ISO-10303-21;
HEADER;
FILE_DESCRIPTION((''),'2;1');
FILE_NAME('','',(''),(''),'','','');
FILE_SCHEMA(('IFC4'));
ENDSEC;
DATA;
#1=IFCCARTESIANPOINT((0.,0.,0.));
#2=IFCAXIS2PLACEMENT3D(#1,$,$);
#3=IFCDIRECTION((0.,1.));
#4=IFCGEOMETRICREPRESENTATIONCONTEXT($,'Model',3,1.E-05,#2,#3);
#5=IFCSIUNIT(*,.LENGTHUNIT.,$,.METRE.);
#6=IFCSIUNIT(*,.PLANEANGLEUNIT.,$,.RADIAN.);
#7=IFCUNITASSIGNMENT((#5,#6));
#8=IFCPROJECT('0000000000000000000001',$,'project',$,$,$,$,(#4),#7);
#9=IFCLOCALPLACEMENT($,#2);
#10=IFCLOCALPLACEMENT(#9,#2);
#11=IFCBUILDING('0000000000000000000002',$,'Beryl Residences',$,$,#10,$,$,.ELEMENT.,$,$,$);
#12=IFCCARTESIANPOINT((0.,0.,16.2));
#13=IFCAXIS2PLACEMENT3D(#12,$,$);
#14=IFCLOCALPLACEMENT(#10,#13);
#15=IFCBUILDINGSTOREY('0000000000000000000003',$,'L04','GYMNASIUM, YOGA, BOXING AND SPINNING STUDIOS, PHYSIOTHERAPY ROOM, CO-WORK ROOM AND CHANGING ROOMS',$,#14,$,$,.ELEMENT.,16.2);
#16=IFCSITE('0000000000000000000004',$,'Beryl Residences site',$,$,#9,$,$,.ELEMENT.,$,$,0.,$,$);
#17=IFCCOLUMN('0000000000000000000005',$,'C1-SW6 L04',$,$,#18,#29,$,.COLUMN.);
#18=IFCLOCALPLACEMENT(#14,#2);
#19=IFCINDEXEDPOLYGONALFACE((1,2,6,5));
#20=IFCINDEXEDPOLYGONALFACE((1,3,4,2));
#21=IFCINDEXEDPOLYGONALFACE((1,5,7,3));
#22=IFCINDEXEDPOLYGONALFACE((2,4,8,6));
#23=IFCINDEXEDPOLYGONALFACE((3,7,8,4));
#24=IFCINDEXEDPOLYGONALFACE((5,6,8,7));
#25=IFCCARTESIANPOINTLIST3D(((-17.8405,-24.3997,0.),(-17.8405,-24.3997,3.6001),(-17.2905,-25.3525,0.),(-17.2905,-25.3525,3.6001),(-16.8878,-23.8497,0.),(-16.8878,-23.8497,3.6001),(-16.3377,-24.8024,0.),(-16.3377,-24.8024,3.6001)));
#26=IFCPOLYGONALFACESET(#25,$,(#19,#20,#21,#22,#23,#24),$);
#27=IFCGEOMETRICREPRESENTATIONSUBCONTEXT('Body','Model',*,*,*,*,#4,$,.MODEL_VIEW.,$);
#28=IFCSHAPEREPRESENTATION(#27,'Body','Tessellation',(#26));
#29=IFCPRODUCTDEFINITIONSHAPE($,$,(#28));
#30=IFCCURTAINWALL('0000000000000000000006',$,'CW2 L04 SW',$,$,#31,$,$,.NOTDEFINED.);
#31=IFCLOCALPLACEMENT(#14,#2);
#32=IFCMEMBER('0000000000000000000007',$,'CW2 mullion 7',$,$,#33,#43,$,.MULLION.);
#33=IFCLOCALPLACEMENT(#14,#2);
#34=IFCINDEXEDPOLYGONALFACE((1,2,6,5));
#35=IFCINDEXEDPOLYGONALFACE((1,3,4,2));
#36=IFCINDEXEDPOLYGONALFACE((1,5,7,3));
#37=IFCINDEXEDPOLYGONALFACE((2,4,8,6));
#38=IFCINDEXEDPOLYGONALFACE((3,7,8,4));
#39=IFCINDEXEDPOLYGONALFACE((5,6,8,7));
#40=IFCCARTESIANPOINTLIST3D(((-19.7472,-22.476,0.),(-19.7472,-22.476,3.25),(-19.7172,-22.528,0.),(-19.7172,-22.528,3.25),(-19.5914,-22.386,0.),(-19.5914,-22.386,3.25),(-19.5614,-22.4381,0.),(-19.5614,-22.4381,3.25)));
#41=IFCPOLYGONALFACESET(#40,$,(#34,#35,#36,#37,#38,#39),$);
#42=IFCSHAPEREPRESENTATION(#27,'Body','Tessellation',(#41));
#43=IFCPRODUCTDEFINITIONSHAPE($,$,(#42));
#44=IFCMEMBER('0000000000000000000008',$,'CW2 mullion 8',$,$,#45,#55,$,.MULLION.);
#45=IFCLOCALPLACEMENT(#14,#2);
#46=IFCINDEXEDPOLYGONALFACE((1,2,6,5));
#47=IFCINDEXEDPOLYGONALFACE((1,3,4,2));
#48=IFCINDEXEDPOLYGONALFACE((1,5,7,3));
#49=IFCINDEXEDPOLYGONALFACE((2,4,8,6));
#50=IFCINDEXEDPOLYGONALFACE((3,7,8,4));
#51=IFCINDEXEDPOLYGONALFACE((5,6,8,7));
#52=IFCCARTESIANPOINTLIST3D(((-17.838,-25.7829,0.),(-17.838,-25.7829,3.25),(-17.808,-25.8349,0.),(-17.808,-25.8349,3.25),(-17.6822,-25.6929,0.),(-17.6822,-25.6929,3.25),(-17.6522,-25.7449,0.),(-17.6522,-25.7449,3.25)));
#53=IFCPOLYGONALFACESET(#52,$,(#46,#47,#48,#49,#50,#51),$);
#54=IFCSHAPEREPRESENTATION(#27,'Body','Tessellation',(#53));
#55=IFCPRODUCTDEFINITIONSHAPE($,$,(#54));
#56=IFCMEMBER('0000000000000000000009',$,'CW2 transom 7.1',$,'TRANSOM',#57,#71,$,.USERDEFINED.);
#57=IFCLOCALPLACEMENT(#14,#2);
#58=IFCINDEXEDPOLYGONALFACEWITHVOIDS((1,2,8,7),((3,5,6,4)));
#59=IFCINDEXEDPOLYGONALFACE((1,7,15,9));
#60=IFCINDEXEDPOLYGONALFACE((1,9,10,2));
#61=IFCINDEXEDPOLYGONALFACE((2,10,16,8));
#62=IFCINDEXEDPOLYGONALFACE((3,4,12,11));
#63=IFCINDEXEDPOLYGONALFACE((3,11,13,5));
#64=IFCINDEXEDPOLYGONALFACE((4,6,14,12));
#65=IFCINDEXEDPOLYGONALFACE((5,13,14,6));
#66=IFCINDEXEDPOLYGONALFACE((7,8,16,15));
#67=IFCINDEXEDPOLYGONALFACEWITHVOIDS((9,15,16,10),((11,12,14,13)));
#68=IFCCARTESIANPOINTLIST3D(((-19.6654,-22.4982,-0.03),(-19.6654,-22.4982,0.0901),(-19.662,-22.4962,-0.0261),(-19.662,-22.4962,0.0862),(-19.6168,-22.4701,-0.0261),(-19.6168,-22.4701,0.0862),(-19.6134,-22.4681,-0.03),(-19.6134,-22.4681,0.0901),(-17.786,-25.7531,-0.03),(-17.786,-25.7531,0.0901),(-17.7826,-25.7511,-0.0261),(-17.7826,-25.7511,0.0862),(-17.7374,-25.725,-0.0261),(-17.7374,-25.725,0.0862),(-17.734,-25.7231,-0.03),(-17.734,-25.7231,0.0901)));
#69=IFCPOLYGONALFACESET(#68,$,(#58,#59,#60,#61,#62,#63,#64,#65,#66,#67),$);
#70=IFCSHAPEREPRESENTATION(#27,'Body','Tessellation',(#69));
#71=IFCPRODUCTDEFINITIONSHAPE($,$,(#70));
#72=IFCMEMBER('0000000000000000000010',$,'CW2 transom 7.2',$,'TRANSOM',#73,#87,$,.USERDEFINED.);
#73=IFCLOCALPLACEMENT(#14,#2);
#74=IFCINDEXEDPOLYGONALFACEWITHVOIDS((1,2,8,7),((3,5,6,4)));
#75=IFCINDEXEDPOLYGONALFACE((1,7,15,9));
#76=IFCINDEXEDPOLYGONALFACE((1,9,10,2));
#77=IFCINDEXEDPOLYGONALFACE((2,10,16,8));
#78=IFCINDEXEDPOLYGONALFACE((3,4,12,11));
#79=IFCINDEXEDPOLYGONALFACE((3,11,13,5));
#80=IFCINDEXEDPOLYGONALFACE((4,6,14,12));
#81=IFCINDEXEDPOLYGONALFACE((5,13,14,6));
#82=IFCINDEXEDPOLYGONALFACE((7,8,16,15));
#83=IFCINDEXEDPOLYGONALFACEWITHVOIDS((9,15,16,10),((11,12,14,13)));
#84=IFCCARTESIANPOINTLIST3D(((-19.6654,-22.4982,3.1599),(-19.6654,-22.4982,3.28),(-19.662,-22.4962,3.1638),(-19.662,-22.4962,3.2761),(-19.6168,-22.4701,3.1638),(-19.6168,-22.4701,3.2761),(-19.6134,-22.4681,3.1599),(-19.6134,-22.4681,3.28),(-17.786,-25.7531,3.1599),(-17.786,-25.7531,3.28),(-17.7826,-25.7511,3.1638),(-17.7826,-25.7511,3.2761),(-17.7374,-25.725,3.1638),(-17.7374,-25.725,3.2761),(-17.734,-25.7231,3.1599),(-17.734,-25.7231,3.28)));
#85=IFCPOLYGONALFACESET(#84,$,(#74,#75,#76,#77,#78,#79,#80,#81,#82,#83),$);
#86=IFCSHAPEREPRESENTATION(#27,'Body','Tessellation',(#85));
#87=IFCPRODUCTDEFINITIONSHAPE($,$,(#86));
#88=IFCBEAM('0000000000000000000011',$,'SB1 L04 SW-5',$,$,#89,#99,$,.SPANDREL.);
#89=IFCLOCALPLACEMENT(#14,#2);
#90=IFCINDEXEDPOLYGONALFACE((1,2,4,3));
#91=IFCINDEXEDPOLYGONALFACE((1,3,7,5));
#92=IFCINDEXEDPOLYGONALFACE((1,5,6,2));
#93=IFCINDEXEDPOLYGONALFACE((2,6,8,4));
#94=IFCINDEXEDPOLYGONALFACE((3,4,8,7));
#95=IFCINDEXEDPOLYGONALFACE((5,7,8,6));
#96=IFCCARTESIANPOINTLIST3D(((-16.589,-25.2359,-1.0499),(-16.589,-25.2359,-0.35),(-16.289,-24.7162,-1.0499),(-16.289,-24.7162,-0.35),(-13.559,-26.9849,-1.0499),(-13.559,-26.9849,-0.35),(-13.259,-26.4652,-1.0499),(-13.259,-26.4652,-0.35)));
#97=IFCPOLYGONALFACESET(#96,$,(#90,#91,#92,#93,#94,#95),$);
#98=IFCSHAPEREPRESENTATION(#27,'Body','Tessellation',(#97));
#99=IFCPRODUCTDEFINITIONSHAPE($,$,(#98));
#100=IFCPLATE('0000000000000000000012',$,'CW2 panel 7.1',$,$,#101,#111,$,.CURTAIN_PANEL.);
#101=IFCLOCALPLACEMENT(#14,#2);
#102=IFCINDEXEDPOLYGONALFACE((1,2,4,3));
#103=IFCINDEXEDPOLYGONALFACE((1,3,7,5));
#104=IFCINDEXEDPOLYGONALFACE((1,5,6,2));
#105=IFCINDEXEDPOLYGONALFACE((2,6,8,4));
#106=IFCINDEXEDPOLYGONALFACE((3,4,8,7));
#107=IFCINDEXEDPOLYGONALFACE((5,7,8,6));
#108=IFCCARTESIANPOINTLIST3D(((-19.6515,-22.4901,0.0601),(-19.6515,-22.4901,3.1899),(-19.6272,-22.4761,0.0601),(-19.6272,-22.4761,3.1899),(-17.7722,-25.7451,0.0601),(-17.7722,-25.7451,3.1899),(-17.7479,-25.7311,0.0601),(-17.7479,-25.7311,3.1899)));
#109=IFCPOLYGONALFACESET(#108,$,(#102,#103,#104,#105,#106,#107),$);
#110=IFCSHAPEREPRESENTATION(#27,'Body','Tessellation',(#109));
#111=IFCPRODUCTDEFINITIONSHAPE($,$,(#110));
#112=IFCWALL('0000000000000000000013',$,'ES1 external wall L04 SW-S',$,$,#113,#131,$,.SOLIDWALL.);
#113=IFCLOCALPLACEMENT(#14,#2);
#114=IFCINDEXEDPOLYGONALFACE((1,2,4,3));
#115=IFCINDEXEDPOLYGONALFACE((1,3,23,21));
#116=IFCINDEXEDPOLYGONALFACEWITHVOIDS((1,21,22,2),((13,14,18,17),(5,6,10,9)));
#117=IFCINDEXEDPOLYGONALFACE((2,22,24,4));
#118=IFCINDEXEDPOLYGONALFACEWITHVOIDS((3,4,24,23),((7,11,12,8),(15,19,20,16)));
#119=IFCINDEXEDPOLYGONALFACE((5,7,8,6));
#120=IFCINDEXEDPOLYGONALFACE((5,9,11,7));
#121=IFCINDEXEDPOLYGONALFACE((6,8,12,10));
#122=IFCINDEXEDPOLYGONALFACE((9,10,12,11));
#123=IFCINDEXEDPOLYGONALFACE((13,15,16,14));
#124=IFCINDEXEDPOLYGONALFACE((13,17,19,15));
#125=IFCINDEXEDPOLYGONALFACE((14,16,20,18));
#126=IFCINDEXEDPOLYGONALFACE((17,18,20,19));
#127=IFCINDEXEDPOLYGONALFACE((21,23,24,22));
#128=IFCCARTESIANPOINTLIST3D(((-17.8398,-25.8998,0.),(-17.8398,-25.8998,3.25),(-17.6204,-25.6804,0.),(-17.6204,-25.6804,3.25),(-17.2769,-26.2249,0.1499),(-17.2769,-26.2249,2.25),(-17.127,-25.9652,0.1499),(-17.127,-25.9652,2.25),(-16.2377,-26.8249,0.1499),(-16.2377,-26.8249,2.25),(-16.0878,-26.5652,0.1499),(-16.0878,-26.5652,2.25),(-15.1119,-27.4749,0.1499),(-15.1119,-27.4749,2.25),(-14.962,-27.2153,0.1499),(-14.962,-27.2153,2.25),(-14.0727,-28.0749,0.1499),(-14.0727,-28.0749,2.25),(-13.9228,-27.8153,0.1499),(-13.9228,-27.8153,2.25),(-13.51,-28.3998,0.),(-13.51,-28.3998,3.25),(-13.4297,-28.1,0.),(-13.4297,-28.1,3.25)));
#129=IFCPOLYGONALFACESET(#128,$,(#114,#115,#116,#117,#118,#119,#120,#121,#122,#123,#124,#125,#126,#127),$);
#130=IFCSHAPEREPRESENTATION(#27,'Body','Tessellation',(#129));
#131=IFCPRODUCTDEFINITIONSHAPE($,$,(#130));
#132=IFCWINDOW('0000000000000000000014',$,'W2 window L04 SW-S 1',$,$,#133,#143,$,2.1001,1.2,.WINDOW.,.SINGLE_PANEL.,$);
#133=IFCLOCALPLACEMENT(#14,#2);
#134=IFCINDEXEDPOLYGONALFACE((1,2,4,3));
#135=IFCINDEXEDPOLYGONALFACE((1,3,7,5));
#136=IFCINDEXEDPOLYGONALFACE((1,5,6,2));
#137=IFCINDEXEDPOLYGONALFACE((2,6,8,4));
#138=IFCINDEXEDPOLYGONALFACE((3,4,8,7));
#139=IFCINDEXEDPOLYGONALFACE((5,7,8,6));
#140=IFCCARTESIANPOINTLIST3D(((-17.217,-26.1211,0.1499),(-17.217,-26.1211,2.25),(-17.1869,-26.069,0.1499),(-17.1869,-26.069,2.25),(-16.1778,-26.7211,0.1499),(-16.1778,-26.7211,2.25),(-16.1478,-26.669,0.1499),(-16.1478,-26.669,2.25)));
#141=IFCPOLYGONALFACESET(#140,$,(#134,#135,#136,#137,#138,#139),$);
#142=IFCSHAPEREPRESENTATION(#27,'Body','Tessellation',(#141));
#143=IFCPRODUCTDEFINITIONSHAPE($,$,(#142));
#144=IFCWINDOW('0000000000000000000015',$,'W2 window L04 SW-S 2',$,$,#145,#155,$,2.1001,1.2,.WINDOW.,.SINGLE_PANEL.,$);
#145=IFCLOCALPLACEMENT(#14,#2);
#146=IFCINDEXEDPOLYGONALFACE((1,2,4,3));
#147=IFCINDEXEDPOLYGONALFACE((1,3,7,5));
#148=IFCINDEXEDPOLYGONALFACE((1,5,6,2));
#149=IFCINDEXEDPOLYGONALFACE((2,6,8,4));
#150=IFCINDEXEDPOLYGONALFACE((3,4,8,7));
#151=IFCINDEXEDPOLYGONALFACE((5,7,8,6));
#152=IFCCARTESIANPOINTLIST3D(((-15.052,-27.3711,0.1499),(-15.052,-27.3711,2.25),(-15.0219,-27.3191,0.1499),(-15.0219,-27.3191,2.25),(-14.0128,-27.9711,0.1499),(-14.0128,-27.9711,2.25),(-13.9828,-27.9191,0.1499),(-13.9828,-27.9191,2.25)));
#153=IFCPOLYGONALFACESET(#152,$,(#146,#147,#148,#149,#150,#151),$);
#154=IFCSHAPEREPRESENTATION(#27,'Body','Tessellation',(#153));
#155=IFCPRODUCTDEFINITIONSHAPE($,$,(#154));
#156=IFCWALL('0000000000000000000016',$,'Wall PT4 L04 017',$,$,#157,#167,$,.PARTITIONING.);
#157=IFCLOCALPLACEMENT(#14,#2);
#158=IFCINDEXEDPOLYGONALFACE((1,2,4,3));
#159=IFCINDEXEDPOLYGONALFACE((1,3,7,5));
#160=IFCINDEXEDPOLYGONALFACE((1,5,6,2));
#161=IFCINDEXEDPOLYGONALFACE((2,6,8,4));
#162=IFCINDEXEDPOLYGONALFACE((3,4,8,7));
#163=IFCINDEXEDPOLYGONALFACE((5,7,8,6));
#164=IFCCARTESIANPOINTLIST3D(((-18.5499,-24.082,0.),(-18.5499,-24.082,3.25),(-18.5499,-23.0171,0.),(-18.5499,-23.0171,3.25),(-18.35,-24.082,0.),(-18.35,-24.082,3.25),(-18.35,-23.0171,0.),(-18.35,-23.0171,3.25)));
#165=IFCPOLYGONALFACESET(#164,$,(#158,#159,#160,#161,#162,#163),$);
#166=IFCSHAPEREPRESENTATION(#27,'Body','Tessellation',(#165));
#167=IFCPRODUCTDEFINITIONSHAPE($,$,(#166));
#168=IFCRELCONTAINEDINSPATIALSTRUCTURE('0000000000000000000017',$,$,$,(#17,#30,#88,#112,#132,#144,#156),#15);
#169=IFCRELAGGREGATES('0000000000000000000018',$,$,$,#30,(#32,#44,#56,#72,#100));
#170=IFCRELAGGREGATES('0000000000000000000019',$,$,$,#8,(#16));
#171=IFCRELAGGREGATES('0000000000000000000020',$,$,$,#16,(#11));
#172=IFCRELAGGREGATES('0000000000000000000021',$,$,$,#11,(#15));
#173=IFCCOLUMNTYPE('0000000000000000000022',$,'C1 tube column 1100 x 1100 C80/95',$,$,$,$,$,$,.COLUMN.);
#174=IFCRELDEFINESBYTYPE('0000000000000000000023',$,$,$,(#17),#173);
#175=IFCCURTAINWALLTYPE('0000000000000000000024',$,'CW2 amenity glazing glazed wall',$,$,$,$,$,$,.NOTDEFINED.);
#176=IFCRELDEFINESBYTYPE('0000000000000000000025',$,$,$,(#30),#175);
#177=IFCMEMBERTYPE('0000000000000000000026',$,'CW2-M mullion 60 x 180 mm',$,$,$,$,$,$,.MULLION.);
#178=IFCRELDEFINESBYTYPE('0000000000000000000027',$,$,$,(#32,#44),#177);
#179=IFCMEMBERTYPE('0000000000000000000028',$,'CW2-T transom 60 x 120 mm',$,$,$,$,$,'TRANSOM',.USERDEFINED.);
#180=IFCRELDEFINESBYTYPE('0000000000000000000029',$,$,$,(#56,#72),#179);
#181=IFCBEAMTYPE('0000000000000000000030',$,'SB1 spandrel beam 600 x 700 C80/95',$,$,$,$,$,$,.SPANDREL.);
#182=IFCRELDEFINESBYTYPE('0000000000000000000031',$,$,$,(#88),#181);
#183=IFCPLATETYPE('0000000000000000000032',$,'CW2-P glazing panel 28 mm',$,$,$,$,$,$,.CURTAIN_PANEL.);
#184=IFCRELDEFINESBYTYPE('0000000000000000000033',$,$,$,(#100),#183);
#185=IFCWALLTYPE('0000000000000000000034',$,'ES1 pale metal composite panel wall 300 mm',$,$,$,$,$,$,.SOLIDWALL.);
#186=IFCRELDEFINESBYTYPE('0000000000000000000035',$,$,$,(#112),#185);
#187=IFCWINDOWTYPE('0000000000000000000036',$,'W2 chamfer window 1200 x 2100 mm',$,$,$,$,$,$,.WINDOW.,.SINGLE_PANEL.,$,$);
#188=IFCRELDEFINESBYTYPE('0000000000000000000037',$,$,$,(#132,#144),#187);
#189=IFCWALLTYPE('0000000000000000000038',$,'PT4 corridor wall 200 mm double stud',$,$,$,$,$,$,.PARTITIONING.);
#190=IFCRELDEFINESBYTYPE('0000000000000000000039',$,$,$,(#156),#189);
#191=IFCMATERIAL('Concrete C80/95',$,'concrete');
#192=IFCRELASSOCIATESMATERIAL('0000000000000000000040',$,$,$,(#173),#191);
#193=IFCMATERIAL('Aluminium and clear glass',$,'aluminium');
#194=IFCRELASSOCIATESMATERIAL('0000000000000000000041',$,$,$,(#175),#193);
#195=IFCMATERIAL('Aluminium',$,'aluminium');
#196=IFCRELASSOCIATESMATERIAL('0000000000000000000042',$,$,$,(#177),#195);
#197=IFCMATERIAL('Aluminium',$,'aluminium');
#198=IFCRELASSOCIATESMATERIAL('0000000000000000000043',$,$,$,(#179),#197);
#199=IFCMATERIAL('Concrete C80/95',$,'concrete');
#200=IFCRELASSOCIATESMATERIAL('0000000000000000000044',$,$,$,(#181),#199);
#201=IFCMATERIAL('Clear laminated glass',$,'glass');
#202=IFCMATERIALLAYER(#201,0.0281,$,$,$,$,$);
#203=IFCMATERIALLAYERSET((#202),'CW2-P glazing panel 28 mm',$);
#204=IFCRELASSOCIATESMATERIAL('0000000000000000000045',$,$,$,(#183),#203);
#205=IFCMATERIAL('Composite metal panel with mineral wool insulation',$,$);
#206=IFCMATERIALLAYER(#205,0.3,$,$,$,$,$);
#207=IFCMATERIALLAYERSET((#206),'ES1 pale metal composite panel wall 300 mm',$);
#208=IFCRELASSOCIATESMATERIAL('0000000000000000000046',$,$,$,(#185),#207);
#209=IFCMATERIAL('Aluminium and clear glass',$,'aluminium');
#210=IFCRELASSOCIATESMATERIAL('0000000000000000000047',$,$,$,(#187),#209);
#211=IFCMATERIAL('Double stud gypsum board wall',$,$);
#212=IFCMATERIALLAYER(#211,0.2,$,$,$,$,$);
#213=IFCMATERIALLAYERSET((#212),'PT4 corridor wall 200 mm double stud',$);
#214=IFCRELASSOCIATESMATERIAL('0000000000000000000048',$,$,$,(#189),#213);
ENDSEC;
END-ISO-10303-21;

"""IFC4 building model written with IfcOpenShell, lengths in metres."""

from ifc_helpers import new_model, si_unit, direction, frame, frame_2d, origin, origin_2d, place, context, subcontext, project, spatial, polyline, rectangle, hollow_rectangle, outline, extrude, material, layer, layer_set, material_profile, profile_set, type_object, element, fill, aggregate, save


model = new_model("IFC4")

# Units and contexts
model_context = context("Model", 3, precision=1e-05, world=origin(), true_north=direction((0.0, 1.0)))
body_context = subcontext(model_context, "Body", "Model", "MODEL_VIEW")
ifc_project = project(units=[si_unit("LENGTHUNIT", "METRE"), si_unit("PLANEANGLEUNIT", "RADIAN")], contexts=[model_context])

# Site, building, storey
site_placement = place(None, origin())
site = spatial("IfcSite", under=ifc_project, at=site_placement, Name="Beryl Residences site", CompositionType="ELEMENT", RefElevation=0.0)
building_placement = place(site_placement, origin())
building = spatial("IfcBuilding", under=site, at=building_placement, Name="Beryl Residences", CompositionType="ELEMENT")
storey_placement = place(building_placement, frame((0.0, 0.0, 16.2)))
storey = spatial("IfcBuildingStorey", under=building, at=storey_placement, Name="L04", Description="GYMNASIUM, YOGA, BOXING AND SPINNING STUDIOS, PHYSIOTHERAPY ROOM, CO-WORK ROOM AND CHANGING ROOMS", CompositionType="ELEMENT", Elevation=16.2)

# Column
ifc_material_1 = material(Name="Concrete C80/95", Category="concrete")
ifc_material_profile_1 = material_profile(ifc_material_1, rectangle(XDim=1.1001, YDim=1.1001, at=origin_2d()))
ifc_profile_set_1 = profile_set([ifc_material_profile_1], Name="Concrete C80/95")
column_type = type_object("IfcColumnType", Name="C1 tube column 1100 x 1100 C80/95", PredefinedType="COLUMN", material=ifc_profile_set_1)
column_placement = place(storey_placement, frame((-17.0891, -24.6011, 0.0), z_axis=(0.0, 0.0, 1.0), x_axis=(0.499985, -0.866034, 0.0)))
element("IfcColumn", 1, at=column_placement, inside=storey, type_object=column_type, Name="C1-SW6 L04", PredefinedType="COLUMN", context=body_context, shape_type="SweptSolid", body=[
    extrude(rectangle(XDim=1.1001, YDim=1.1001, at=origin_2d()), origin(), (0.0, 0.0, 1.0), 3.6001),
])

# Curtain wall, members
ifc_material_2 = material(Name="Aluminium and clear glass", Category="aluminium")
curtain_wall_type = type_object("IfcCurtainWallType", Name="CW2 amenity glazing glazed wall", PredefinedType="NOTDEFINED", material=ifc_material_2)
curtain_wall_placement = place(storey_placement, origin())
curtain_wall = element("IfcCurtainWall", 2, at=curtain_wall_placement, inside=storey, type_object=curtain_wall_type, Name="CW2 L04 SW", PredefinedType="NOTDEFINED")
ifc_material_3 = material(Name="Aluminium", Category="aluminium")
ifc_material_profile_2 = material_profile(ifc_material_3, rectangle(XDim=0.0601, YDim=0.1799, at=origin_2d()))
ifc_profile_set_2 = profile_set([ifc_material_profile_2], Name="Aluminium")
member_type_1 = type_object("IfcMemberType", Name="CW2-M mullion 60 x 180 mm", PredefinedType="MULLION", material=ifc_profile_set_2)
member_1_placement = place(storey_placement, frame((-19.6543, -22.457, 0.0), z_axis=(0.0, 0.0, 1.0), x_axis=(0.500012, -0.866019, 0.0)))
member_1 = element("IfcMember", 3, at=member_1_placement, type_object=member_type_1, Name="CW2 mullion 7", PredefinedType="MULLION", context=body_context, shape_type="SweptSolid", body=[
    extrude(rectangle(XDim=0.0601, YDim=0.1799, at=origin_2d()), origin(), (0.0, 0.0, 1.0), 3.25),
])
member_2_placement = place(storey_placement, frame((-17.7451, -25.7639, 0.0), z_axis=(0.0, 0.0, 1.0), x_axis=(0.500012, -0.866019, 0.0)))
member_2 = element("IfcMember", 4, at=member_2_placement, type_object=member_type_1, Name="CW2 mullion 8", PredefinedType="MULLION", context=body_context, shape_type="SweptSolid", body=[
    extrude(rectangle(XDim=0.0601, YDim=0.1799, at=origin_2d()), origin(), (0.0, 0.0, 1.0), 3.25),
])
ifc_material_4 = material(Name="Aluminium", Category="aluminium")
ifc_material_profile_3 = material_profile(ifc_material_4, hollow_rectangle(XDim=0.0601, YDim=0.1201, WallThickness=0.0039, at=origin_2d()))
ifc_profile_set_3 = profile_set([ifc_material_profile_3], Name="Aluminium")
member_type_2 = type_object("IfcMemberType", Name="CW2-T transom 60 x 120 mm", ElementType="TRANSOM", PredefinedType="USERDEFINED", material=ifc_profile_set_3)
member_3_placement = place(storey_placement, frame((-19.6394, -22.4832, 0.03), z_axis=(0.500037, -0.866004, 0.0), x_axis=(0.866004, 0.500037, 0.0)))
member_3 = element("IfcMember", 5, at=member_3_placement, type_object=member_type_2, Name="CW2 transom 7.1", ObjectType="TRANSOM", PredefinedType="USERDEFINED", context=body_context, shape_type="SweptSolid", body=[
    extrude(hollow_rectangle(XDim=0.0601, YDim=0.1201, WallThickness=0.0039, at=origin_2d()), origin(), (0.0, 0.0, 1.0), 3.7585),
])
member_4_placement = place(storey_placement, frame((-19.6394, -22.4832, 3.22), z_axis=(0.500037, -0.866004, 0.0), x_axis=(0.866004, 0.500037, 0.0)))
member_4 = element("IfcMember", 6, at=member_4_placement, type_object=member_type_2, Name="CW2 transom 7.2", ObjectType="TRANSOM", PredefinedType="USERDEFINED", context=body_context, shape_type="SweptSolid", body=[
    extrude(hollow_rectangle(XDim=0.0601, YDim=0.1201, WallThickness=0.0039, at=origin_2d()), origin(), (0.0, 0.0, 1.0), 3.7585),
])

# Beam
ifc_material_5 = material(Name="Concrete C80/95", Category="concrete")
ifc_material_profile_4 = material_profile(ifc_material_5, rectangle(XDim=0.6001, YDim=0.7, at=origin_2d()))
ifc_profile_set_4 = profile_set([ifc_material_profile_4], Name="Concrete C80/95")
beam_type = type_object("IfcBeamType", Name="SB1 spandrel beam 600 x 700 C80/95", PredefinedType="SPANDREL", material=ifc_profile_set_4)
beam_placement = place(storey_placement, frame((-16.439, -24.9761, -0.7), z_axis=(0.866071, -0.499922, 0.0), x_axis=(0.499922, 0.866071, 0.0)))
element("IfcBeam", 7, at=beam_placement, inside=storey, type_object=beam_type, Name="SB1 L04 SW-5", PredefinedType="SPANDREL", context=body_context, shape_type="SweptSolid", body=[
    extrude(rectangle(XDim=0.6001, YDim=0.7, at=origin_2d()), origin(), (0.0, 0.0, 1.0), 3.4985),
])

# Plate
ifc_material_6 = material(Name="Clear laminated glass", Category="glass")
ifc_layer_1 = layer(ifc_material_6, 0.0281)
ifc_layer_set_1 = layer_set([ifc_layer_1], Name="CW2-P glazing panel 28 mm")
plate_type = type_object("IfcPlateType", Name="CW2-P glazing panel 28 mm", PredefinedType="CURTAIN_PANEL", material=ifc_layer_set_1)
plate_placement = place(storey_placement, frame((-18.6997, -24.1106, 0.0601), z_axis=(0.0, 0.0, 1.0), x_axis=(0.500012, -0.866019, 0.0)))
plate = element("IfcPlate", 8, at=plate_placement, type_object=plate_type, Name="CW2 panel 7.1", PredefinedType="CURTAIN_PANEL", context=body_context, shape_type="SweptSolid", body=[
    extrude(rectangle(XDim=3.7585, YDim=0.0281, at=origin_2d()), origin(), (0.0, 0.0, 1.0), 3.1299),
])
aggregate(curtain_wall, [member_1, member_2, member_3, member_4, plate])

# Wall, openings, windows
ifc_material_7 = material(Name="Composite metal panel with mineral wool insulation")
ifc_layer_2 = layer(ifc_material_7, 0.3)
ifc_layer_set_2 = layer_set([ifc_layer_2], Name="ES1 pale metal composite panel wall 300 mm")
wall_type_1 = type_object("IfcWallType", Name="ES1 pale metal composite panel wall 300 mm", PredefinedType="SOLIDWALL", material=ifc_layer_set_2)
wall_1_placement = place(storey_placement, frame((-17.7649, -25.77, 0.0), z_axis=(0.0, 0.0, 1.0), x_axis=(0.866011, -0.500025, 0.0)))
wall_1 = element("IfcWall", 9, at=wall_1_placement, inside=storey, type_object=wall_type_1, Name="ES1 external wall L04 SW-S", PredefinedType="SOLIDWALL", context=body_context, shape_type="SweptSolid", body=[
    extrude(outline(polyline([(0.0, -0.1499), (4.9998, -0.1499), (4.9194, 0.1499), (0.0803, 0.1499), (0.0, -0.1499)])), origin(), (0.0, 0.0, 1.0), 3.25),
])
opening_1_placement = place(wall_1_placement, frame((0.6499, 0.0, 0.1499)))
opening_1 = element("IfcOpeningElement", 10, at=opening_1_placement, cuts=wall_1, PredefinedType="OPENING", context=body_context, shape_type="SweptSolid", body=[
    extrude(rectangle(XDim=1.2, YDim=2.1001, at=frame_2d((0.6001, 1.05))), frame((0.0, 0.1599, 0.0), z_axis=(0.0, -1.0, 0.0), x_axis=(1.0, 0.0, 0.0)), (0.0, 0.0, 1.0), 0.3201),
])
opening_2_placement = place(wall_1_placement, frame((3.1499, 0.0, 0.1499)))
opening_2 = element("IfcOpeningElement", 11, at=opening_2_placement, cuts=wall_1, PredefinedType="OPENING", context=body_context, shape_type="SweptSolid", body=[
    extrude(rectangle(XDim=1.2, YDim=2.1001, at=frame_2d((0.6001, 1.05))), frame((0.0, 0.1599, 0.0), z_axis=(0.0, -1.0, 0.0), x_axis=(1.0, 0.0, 0.0)), (0.0, 0.0, 1.0), 0.3201),
])
ifc_material_8 = material(Name="Aluminium and clear glass", Category="aluminium")
window_type = type_object("IfcWindowType", Name="W2 chamfer window 1200 x 2100 mm", PartitioningType="SINGLE_PANEL", PredefinedType="WINDOW", material=ifc_material_8)
window_1_placement = place(opening_1_placement, origin())
window_1 = element("IfcWindow", 12, at=window_1_placement, inside=storey, type_object=window_type, Name="W2 window L04 SW-S 1", OverallHeight=2.1001, OverallWidth=1.2, PartitioningType="SINGLE_PANEL", PredefinedType="WINDOW", context=body_context, shape_type="SweptSolid", body=[
    extrude(rectangle(XDim=1.2, YDim=2.1001, at=frame_2d((0.6001, 1.05))), frame((0.0, 0.03, 0.0), z_axis=(0.0, -1.0, 0.0), x_axis=(1.0, 0.0, 0.0)), (0.0, 0.0, 1.0), 0.0601),
])
fill(opening_1, window_1)
window_2_placement = place(opening_2_placement, origin())
window_2 = element("IfcWindow", 13, at=window_2_placement, inside=storey, type_object=window_type, Name="W2 window L04 SW-S 2", OverallHeight=2.1001, OverallWidth=1.2, PartitioningType="SINGLE_PANEL", PredefinedType="WINDOW", context=body_context, shape_type="SweptSolid", body=[
    extrude(rectangle(XDim=1.2, YDim=2.1001, at=frame_2d((0.6001, 1.05))), frame((0.0, 0.03, 0.0), z_axis=(0.0, -1.0, 0.0), x_axis=(1.0, 0.0, 0.0)), (0.0, 0.0, 1.0), 0.0601),
])
fill(opening_2, window_2)

# Wall
ifc_material_9 = material(Name="Double stud gypsum board wall")
ifc_layer_3 = layer(ifc_material_9, 0.2)
ifc_layer_set_3 = layer_set([ifc_layer_3], Name="PT4 corridor wall 200 mm double stud")
wall_type_2 = type_object("IfcWallType", Name="PT4 corridor wall 200 mm double stud", PredefinedType="PARTITIONING", material=ifc_layer_set_3)
wall_2_placement = place(storey_placement, frame((-18.45, -24.082, 0.0), z_axis=(0.0, 0.0, 1.0), x_axis=(0.0, 1.0, 0.0)))
element("IfcWall", 14, at=wall_2_placement, inside=storey, type_object=wall_type_2, Name="Wall PT4 L04 017", PredefinedType="PARTITIONING", context=body_context, shape_type="SweptSolid", body=[
    extrude(rectangle(XDim=1.0649, YDim=0.2, at=frame_2d((0.5325, 0.0))), origin(), (0.0, 0.0, 1.0), 3.25),
])

save(model, "model.ifc")
